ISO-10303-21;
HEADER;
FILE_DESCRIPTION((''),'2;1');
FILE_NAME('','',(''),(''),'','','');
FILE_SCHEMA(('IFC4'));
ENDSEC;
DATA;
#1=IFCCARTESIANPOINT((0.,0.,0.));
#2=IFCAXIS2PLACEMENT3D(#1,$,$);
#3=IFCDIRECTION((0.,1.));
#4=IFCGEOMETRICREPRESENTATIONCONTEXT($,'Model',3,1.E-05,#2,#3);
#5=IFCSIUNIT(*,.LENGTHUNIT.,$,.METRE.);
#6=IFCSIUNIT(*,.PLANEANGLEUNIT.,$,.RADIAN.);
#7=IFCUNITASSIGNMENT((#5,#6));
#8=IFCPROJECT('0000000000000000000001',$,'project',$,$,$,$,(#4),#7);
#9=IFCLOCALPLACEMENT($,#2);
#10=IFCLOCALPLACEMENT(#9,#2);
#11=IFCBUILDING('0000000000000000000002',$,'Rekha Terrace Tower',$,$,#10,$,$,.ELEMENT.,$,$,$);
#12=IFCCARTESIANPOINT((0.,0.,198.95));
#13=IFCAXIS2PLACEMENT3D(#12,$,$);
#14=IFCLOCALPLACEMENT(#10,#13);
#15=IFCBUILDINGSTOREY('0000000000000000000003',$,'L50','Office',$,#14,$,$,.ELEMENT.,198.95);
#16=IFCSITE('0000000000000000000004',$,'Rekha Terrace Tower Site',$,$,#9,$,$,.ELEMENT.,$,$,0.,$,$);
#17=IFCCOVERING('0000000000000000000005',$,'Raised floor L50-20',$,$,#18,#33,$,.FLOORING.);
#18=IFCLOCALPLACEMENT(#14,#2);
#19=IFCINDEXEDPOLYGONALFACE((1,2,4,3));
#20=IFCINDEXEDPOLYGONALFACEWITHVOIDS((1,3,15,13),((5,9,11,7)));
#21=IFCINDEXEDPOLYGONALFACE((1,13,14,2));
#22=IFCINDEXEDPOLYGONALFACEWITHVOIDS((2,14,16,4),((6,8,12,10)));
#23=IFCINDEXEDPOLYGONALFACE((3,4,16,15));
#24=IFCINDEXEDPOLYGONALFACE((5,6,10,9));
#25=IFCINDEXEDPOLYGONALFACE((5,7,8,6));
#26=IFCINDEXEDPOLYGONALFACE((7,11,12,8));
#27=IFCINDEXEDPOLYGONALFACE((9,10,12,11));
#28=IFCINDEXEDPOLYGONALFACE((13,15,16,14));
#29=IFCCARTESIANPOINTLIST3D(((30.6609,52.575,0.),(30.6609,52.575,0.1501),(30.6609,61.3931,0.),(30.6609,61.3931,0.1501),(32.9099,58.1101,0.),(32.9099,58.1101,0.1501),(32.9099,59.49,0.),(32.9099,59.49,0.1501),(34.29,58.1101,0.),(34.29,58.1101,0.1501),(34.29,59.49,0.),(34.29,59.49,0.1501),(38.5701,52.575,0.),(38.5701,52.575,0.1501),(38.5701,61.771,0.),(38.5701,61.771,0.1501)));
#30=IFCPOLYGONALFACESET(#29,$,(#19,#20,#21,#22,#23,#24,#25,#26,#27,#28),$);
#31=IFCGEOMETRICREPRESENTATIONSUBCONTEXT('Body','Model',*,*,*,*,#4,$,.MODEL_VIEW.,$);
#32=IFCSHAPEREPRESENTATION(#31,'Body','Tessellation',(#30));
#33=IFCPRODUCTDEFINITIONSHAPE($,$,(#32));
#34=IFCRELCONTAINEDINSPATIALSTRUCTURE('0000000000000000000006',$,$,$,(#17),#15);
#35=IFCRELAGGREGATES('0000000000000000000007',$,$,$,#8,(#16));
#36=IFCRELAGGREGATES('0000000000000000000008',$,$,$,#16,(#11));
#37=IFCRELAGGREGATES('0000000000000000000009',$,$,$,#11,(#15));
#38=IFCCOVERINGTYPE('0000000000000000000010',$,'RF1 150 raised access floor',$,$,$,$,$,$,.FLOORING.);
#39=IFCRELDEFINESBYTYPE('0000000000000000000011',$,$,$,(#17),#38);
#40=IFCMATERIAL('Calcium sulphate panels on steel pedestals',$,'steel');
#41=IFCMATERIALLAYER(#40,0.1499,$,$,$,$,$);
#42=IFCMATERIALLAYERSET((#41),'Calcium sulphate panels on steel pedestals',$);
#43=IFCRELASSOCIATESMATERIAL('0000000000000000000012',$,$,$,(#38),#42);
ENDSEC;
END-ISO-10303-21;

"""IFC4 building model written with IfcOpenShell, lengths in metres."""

from ifc_helpers import new_model, si_unit, direction, frame, origin, place, context, subcontext, project, spatial, polyline, outline, extrude, material, layer, layer_set, type_object, element, save


model = new_model("IFC4")

# Units and contexts
model_context = context("Model", 3, precision=1e-05, world=origin(), true_north=direction((0.0, 1.0)))
body_context = subcontext(model_context, "Body", "Model", "MODEL_VIEW")
ifc_project = project(units=[si_unit("LENGTHUNIT", "METRE"), si_unit("PLANEANGLEUNIT", "RADIAN")], contexts=[model_context])

# Site, building, storey
site_placement = place(None, origin())
site = spatial("IfcSite", under=ifc_project, at=site_placement, Name="Rekha Terrace Tower Site", CompositionType="ELEMENT", RefElevation=0.0)
building_placement = place(site_placement, origin())
building = spatial("IfcBuilding", under=site, at=building_placement, Name="Rekha Terrace Tower", CompositionType="ELEMENT")
storey_placement = place(building_placement, frame((0.0, 0.0, 198.95)))
storey = spatial("IfcBuildingStorey", under=building, at=storey_placement, Name="L50", Description="Office", CompositionType="ELEMENT", Elevation=198.95)

# Covering
ifc_material_1 = material(Name="Calcium sulphate panels on steel pedestals", Category="steel")
ifc_layer_1 = layer(ifc_material_1, 0.1499)
ifc_layer_set_1 = layer_set([ifc_layer_1], Name="Calcium sulphate panels on steel pedestals")
covering_type_1 = type_object("IfcCoveringType", Name="RF1 150 raised access floor", PredefinedType="FLOORING", material=ifc_layer_set_1)
covering_1_placement = place(storey_placement, origin())
element("IfcCovering", 1, at=covering_1_placement, inside=storey, type_object=covering_type_1, Name="Raised floor L50-20", PredefinedType="FLOORING", context=body_context, shape_type="SweptSolid", body=[
    extrude(outline(polyline([(30.6609, 61.3931), (30.6609, 52.575), (38.5701, 52.575), (38.5701, 61.771), (30.6609, 61.3931)]), holes=[polyline([(34.29, 58.1101), (32.9099, 58.1101), (32.9099, 59.49), (34.29, 59.49), (34.29, 58.1101)])]), origin(), (0.0, 0.0, 1.0), 0.1501),
])

save(model, "model.ifc")
